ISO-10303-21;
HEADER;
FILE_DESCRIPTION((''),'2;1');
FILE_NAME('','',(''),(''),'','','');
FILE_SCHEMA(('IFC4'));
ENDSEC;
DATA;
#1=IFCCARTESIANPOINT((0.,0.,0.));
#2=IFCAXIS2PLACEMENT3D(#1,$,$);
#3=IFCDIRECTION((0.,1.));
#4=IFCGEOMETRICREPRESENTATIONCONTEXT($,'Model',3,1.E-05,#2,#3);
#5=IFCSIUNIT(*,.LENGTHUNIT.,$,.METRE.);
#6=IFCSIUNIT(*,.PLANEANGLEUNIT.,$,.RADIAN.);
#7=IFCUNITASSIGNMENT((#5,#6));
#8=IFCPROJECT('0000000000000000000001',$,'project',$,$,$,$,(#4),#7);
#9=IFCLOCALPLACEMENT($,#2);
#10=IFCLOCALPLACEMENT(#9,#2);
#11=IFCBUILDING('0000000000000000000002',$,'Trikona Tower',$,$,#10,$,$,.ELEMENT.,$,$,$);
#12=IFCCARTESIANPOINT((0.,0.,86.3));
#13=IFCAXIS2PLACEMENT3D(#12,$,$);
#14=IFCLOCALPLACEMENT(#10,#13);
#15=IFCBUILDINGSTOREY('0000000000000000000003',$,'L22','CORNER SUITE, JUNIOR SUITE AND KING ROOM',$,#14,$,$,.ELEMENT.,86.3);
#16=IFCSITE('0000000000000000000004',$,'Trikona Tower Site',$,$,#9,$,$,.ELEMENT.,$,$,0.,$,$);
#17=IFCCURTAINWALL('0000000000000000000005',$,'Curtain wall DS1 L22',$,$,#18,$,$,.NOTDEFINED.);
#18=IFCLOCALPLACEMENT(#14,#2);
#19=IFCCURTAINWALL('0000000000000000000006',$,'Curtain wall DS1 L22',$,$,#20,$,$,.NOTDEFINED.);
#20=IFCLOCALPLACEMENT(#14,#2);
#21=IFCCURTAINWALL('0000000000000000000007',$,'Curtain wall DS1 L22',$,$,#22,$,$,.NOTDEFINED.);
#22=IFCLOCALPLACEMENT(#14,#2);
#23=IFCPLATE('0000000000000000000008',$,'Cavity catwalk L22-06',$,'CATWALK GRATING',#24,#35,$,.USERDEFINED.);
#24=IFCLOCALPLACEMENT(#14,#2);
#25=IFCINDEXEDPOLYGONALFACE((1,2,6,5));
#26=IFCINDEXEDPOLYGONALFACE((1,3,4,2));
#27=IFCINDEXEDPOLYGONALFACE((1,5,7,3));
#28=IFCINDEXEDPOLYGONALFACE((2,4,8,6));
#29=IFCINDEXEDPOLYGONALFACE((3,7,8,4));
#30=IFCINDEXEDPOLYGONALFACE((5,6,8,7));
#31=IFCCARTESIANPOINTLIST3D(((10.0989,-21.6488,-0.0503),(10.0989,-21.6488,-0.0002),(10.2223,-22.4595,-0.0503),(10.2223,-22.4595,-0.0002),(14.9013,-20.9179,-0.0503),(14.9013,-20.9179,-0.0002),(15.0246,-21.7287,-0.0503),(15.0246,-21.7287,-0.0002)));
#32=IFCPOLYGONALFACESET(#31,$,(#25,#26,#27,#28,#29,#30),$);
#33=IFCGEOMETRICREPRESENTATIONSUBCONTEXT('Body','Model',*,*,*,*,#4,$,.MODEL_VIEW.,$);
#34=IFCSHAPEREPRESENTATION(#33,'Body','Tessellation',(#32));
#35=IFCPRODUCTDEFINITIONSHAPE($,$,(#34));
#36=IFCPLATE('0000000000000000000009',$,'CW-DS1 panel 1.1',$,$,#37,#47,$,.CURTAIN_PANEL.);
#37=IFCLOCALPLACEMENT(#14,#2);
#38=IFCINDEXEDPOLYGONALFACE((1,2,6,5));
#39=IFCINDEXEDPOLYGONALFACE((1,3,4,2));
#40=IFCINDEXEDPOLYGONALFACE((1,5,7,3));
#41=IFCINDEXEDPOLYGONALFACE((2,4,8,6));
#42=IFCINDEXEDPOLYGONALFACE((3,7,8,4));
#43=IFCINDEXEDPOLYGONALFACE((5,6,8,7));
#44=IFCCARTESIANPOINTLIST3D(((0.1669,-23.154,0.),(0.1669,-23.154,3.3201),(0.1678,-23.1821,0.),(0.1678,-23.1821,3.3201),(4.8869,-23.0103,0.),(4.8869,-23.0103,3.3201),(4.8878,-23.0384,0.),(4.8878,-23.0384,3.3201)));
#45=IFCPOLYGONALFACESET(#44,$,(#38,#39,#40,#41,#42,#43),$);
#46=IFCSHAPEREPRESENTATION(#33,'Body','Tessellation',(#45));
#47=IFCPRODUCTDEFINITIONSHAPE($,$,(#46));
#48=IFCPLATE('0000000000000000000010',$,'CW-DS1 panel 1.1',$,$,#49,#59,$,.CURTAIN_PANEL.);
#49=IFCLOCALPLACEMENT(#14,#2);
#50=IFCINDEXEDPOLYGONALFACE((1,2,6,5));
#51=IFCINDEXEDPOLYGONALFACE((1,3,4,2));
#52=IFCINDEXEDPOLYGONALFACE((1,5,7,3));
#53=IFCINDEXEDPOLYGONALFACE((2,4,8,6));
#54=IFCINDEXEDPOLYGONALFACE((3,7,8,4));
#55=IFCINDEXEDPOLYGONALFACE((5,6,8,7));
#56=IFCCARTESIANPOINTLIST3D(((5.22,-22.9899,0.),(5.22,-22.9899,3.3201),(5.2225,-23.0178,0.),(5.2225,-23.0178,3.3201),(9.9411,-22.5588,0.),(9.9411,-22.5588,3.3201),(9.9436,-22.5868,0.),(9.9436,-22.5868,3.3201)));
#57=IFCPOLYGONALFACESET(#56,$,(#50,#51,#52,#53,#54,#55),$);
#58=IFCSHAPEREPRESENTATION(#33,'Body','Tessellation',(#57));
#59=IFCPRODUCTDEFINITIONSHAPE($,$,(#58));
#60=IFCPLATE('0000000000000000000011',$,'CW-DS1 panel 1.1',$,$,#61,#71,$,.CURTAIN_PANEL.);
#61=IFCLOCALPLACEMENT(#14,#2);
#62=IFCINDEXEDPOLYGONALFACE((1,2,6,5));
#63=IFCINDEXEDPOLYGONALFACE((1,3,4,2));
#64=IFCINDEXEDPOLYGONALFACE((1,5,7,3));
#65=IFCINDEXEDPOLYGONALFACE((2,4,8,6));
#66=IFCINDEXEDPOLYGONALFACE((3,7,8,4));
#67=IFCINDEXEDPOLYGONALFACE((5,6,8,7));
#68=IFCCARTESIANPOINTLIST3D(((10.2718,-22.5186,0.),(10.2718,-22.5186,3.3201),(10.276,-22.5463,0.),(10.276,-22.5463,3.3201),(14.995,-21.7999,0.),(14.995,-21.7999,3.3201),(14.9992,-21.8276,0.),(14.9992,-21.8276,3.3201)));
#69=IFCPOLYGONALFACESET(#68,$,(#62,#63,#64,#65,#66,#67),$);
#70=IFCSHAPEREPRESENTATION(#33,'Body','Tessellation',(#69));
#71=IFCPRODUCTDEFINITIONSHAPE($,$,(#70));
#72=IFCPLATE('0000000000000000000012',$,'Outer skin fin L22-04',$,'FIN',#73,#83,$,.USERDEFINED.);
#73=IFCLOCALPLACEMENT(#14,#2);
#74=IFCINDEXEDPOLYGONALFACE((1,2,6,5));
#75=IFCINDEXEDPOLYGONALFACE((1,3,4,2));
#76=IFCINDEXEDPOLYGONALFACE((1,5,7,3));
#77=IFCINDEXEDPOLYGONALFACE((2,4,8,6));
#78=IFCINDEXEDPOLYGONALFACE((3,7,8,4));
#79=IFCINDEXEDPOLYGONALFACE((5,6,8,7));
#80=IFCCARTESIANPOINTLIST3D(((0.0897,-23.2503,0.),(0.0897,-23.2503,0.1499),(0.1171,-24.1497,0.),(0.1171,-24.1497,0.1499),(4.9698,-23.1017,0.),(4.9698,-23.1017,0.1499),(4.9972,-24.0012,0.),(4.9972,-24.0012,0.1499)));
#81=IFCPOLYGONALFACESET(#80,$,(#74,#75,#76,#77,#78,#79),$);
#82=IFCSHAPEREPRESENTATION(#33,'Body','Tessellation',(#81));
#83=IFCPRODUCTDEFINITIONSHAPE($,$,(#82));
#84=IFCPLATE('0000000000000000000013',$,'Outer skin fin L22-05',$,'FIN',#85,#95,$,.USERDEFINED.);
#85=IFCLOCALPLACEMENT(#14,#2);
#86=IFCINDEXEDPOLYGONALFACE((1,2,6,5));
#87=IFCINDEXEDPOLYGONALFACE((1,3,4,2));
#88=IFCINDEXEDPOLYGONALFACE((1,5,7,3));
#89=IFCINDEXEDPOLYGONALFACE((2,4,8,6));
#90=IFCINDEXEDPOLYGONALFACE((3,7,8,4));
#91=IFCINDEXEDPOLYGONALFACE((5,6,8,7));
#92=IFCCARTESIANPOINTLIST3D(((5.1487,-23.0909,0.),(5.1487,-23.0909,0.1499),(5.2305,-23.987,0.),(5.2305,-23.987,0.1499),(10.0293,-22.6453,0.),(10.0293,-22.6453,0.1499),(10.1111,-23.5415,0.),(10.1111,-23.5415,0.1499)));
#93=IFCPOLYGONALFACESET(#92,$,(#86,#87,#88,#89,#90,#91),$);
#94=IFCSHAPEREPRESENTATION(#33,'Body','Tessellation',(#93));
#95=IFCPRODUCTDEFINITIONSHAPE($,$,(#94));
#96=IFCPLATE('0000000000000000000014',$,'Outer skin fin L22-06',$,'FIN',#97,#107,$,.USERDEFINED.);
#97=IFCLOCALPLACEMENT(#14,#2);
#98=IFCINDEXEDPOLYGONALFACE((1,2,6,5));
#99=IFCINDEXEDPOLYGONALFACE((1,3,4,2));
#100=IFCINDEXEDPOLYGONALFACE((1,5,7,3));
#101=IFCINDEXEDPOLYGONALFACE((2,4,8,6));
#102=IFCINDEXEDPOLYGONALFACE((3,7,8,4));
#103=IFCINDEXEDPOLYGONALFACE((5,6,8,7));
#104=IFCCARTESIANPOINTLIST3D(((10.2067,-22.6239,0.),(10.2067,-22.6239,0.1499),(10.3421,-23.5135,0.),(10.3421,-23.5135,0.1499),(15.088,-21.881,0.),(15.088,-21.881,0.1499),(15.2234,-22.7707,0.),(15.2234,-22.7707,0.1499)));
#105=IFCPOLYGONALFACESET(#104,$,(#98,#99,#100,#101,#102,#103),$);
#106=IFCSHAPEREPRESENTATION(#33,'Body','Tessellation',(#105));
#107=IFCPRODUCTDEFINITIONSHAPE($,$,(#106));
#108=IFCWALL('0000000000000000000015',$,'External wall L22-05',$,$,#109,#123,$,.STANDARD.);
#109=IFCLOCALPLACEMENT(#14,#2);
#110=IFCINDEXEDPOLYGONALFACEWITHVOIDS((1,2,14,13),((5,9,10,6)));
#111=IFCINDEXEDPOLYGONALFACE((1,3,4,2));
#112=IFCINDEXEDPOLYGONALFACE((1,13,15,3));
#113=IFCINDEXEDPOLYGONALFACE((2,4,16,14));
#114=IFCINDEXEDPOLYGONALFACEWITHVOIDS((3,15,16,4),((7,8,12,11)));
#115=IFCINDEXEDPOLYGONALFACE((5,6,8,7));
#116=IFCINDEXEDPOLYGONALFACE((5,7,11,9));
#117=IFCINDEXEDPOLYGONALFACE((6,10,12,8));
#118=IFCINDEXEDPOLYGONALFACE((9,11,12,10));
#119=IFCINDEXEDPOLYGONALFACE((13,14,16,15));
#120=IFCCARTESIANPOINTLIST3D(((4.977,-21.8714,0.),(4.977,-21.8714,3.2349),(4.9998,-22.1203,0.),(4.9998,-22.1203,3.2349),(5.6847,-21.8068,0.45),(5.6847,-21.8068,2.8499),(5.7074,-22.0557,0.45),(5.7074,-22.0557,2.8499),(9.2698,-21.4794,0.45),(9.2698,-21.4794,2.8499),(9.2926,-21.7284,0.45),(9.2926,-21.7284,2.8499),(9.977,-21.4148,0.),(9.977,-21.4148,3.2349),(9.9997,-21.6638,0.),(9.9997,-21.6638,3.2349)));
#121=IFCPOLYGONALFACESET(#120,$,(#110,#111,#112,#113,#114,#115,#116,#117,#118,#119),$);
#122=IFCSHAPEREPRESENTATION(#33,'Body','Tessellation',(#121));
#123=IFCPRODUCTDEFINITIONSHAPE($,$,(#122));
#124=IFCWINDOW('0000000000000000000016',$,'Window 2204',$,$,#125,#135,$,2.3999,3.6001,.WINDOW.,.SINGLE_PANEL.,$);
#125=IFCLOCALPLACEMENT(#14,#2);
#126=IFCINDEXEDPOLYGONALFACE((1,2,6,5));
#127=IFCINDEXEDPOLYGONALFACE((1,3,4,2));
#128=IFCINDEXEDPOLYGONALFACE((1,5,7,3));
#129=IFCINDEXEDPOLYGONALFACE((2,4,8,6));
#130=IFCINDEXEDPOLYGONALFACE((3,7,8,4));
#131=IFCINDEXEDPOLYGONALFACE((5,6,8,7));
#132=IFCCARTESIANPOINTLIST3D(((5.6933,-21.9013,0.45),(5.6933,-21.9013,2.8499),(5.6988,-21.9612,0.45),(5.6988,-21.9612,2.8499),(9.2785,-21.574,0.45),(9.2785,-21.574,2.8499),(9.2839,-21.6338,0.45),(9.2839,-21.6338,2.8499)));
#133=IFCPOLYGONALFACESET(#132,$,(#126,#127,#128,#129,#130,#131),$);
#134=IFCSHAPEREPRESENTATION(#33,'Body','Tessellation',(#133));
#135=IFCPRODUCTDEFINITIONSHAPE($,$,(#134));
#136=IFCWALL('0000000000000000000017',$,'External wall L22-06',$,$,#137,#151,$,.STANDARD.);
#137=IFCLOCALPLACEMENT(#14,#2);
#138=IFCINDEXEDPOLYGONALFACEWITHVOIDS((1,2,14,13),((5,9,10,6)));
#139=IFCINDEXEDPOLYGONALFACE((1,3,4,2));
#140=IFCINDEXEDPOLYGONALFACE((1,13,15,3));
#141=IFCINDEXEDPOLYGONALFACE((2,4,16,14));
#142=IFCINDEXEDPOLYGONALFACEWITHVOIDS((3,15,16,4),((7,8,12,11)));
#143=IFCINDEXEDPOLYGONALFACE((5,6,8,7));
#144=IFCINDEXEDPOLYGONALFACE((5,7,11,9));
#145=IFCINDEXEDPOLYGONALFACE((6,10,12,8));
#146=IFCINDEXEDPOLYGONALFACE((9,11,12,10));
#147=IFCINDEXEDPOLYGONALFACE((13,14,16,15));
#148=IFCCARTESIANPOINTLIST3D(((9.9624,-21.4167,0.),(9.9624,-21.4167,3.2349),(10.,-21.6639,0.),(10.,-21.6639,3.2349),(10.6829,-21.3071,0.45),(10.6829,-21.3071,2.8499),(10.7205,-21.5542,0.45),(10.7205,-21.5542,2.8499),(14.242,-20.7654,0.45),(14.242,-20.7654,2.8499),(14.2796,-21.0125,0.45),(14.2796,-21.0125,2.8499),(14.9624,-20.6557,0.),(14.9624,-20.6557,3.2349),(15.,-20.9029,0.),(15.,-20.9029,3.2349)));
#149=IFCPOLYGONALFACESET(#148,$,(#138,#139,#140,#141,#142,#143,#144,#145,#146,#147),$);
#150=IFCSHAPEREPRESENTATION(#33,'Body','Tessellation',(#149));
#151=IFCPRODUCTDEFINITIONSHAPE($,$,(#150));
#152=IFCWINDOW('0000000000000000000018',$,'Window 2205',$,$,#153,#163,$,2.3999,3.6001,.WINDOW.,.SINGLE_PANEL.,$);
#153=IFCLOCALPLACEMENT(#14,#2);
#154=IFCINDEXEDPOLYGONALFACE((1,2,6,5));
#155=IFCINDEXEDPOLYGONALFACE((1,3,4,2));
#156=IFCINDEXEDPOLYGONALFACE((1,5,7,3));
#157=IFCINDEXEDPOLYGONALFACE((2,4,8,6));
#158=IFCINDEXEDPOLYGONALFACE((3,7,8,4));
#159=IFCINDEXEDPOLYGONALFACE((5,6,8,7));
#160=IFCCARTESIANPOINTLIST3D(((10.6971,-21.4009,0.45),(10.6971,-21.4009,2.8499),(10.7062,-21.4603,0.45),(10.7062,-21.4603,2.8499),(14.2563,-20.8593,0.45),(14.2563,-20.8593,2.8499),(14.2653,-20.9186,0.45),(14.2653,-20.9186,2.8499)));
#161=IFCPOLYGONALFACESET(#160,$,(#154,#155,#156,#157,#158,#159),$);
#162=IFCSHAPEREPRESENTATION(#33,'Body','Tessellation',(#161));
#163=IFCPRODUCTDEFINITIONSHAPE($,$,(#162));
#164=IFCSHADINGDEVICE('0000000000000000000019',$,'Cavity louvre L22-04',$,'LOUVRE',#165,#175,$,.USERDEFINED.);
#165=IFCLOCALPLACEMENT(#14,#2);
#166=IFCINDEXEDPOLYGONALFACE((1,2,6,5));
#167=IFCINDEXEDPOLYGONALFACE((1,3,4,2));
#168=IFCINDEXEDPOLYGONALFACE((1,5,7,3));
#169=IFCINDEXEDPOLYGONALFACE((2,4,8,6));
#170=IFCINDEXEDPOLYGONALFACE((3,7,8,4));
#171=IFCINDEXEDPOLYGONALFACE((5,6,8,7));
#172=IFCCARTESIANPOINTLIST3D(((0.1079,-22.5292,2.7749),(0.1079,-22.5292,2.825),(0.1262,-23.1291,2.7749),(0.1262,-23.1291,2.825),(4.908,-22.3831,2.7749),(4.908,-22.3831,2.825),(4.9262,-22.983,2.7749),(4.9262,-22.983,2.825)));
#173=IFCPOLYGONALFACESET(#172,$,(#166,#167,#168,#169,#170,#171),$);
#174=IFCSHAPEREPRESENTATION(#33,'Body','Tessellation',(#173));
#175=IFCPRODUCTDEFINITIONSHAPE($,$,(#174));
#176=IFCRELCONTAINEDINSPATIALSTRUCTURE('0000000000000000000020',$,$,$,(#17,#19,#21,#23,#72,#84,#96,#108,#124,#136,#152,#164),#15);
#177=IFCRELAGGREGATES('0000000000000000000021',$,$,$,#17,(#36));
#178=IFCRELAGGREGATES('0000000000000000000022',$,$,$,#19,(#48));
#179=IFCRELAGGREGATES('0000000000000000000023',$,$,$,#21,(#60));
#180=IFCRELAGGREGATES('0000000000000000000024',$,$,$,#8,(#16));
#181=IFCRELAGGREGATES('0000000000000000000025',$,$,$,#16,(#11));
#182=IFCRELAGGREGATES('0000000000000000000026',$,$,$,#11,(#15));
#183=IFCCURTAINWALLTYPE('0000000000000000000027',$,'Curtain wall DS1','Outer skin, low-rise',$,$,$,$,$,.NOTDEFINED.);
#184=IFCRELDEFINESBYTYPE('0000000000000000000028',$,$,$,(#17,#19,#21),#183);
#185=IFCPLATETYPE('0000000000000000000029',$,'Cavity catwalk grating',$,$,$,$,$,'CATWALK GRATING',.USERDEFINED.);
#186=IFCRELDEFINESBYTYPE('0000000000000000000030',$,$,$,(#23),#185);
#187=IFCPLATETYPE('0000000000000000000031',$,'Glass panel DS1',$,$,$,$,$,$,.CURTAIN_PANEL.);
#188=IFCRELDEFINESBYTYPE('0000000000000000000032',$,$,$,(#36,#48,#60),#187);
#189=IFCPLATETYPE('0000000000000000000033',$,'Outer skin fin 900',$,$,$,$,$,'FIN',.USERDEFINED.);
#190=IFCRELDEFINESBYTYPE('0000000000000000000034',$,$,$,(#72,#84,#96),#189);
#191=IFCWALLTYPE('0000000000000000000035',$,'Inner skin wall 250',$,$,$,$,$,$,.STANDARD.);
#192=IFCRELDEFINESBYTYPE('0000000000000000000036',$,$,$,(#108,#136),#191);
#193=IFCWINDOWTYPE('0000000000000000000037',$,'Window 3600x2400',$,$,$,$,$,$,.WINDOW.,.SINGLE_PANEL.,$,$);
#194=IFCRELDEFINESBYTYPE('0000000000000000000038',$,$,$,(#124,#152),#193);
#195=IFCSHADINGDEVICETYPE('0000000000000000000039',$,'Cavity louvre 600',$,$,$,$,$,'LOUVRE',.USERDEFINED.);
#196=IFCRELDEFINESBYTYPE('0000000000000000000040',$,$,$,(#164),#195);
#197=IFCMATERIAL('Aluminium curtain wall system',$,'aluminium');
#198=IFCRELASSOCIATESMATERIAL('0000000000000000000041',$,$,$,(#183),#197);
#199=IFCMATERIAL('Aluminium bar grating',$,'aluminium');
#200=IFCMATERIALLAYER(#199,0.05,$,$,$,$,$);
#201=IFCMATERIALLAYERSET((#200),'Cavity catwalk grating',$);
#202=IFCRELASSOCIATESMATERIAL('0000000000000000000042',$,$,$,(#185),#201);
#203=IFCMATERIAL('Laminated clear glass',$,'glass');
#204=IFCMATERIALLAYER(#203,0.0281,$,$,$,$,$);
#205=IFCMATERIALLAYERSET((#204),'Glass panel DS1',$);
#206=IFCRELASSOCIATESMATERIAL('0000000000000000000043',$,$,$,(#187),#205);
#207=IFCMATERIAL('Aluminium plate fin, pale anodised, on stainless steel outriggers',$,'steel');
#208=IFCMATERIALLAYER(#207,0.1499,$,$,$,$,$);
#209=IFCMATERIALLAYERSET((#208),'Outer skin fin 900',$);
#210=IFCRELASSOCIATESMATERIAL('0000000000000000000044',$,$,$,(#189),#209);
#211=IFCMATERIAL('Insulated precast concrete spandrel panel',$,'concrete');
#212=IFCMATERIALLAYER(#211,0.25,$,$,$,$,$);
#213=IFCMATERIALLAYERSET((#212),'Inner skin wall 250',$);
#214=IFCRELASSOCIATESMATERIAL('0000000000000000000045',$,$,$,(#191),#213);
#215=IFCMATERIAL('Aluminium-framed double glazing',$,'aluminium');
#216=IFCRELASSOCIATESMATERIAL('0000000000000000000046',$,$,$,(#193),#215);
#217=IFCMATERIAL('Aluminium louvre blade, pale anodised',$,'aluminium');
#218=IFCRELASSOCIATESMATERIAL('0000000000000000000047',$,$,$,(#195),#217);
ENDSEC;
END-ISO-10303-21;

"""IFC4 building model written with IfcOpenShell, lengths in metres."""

from ifc_helpers import new_model, si_unit, direction, frame, frame_2d, origin, origin_2d, place, context, subcontext, project, spatial, rectangle, extrude, material, layer, layer_set, type_object, element, fill, aggregate, save


model = new_model("IFC4")

# Units and contexts
model_context = context("Model", 3, precision=1e-05, world=origin(), true_north=direction((0.0, 1.0)))
body_context = subcontext(model_context, "Body", "Model", "MODEL_VIEW")
ifc_project = project(units=[si_unit("LENGTHUNIT", "METRE"), si_unit("PLANEANGLEUNIT", "RADIAN")], contexts=[model_context])

# Site, building, storey
site_placement = place(None, origin())
site = spatial("IfcSite", under=ifc_project, at=site_placement, Name="Trikona Tower Site", CompositionType="ELEMENT", RefElevation=0.0)
building_placement = place(site_placement, origin())
building = spatial("IfcBuilding", under=site, at=building_placement, Name="Trikona Tower", CompositionType="ELEMENT")
storey_placement = place(building_placement, frame((0.0, 0.0, 86.3)))
storey = spatial("IfcBuildingStorey", under=building, at=storey_placement, Name="L22", Description="CORNER SUITE, JUNIOR SUITE AND KING ROOM", CompositionType="ELEMENT", Elevation=86.3)

# Curtain walls
ifc_material_1 = material(Name="Aluminium curtain wall system", Category="aluminium")
curtain_wall_type = type_object("IfcCurtainWallType", Name="Curtain wall DS1", Description="Outer skin, low-rise", PredefinedType="NOTDEFINED", material=ifc_material_1)
curtain_wall_1_placement = place(storey_placement, origin())
curtain_wall_1 = element("IfcCurtainWall", 1, at=curtain_wall_1_placement, inside=storey, type_object=curtain_wall_type, Name="Curtain wall DS1 L22", PredefinedType="NOTDEFINED")
curtain_wall_2_placement = place(storey_placement, origin())
curtain_wall_2 = element("IfcCurtainWall", 2, at=curtain_wall_2_placement, inside=storey, type_object=curtain_wall_type, Name="Curtain wall DS1 L22", PredefinedType="NOTDEFINED")

# Curtain wall
curtain_wall_3_placement = place(storey_placement, origin())
curtain_wall_3 = element("IfcCurtainWall", 3, at=curtain_wall_3_placement, inside=storey, type_object=curtain_wall_type, Name="Curtain wall DS1 L22", PredefinedType="NOTDEFINED")

# Plate
ifc_material_2 = material(Name="Aluminium bar grating", Category="aluminium")
ifc_layer_1 = layer(ifc_material_2, 0.05)
ifc_layer_set_1 = layer_set([ifc_layer_1], Name="Cavity catwalk grating")
plate_type_1 = type_object("IfcPlateType", Name="Cavity catwalk grating", ElementType="CATWALK GRATING", PredefinedType="USERDEFINED", material=ifc_layer_set_1)
plate_1_placement = place(storey_placement, frame((12.5618, -21.6887, -0.0503), z_axis=(0.0, 0.0, 1.0), x_axis=(0.988618, 0.150448, 0.0)))
element("IfcPlate", 4, at=plate_1_placement, inside=storey, type_object=plate_type_1, Name="Cavity catwalk L22-06", ObjectType="CATWALK GRATING", PredefinedType="USERDEFINED", context=body_context, shape_type="SweptSolid", body=[
    extrude(rectangle(XDim=4.8577, YDim=0.8201, at=origin_2d()), origin(), (0.0, 0.0, 1.0), 0.05),
])

# Plates
ifc_material_3 = material(Name="Laminated clear glass", Category="glass")
ifc_layer_2 = layer(ifc_material_3, 0.0281)
ifc_layer_set_2 = layer_set([ifc_layer_2], Name="Glass panel DS1")
plate_type_2 = type_object("IfcPlateType", Name="Glass panel DS1", PredefinedType="CURTAIN_PANEL", material=ifc_layer_set_2)
plate_2_placement = place(storey_placement, frame((2.5273, -23.0962, 0.0), z_axis=(0.0, 0.0, 1.0), x_axis=(0.999537, 0.030437, 0.0)))
plate_2 = element("IfcPlate", 5, at=plate_2_placement, type_object=plate_type_2, Name="CW-DS1 panel 1.1", PredefinedType="CURTAIN_PANEL", context=body_context, shape_type="SweptSolid", body=[
    extrude(rectangle(XDim=4.7222, YDim=0.0281, at=origin_2d()), origin(), (0.0, 0.0, 1.0), 3.3201),
])
aggregate(curtain_wall_1, [plate_2])
plate_3_placement = place(storey_placement, frame((7.5818, -22.7883, 0.0), z_axis=(0.0, 0.0, 1.0), x_axis=(0.995858, 0.090924, 0.0)))
plate_3 = element("IfcPlate", 6, at=plate_3_placement, type_object=plate_type_2, Name="CW-DS1 panel 1.1", PredefinedType="CURTAIN_PANEL", context=body_context, shape_type="SweptSolid", body=[
    extrude(rectangle(XDim=4.7407, YDim=0.0281, at=origin_2d()), origin(), (0.0, 0.0, 1.0), 3.3201),
])
aggregate(curtain_wall_2, [plate_3])
plate_4_placement = place(storey_placement, frame((12.6355, -22.1731, 0.0), z_axis=(0.0, 0.0, 1.0), x_axis=(0.988619, 0.150438, 0.0)))
plate_4 = element("IfcPlate", 7, at=plate_4_placement, type_object=plate_type_2, Name="CW-DS1 panel 1.1", PredefinedType="CURTAIN_PANEL", context=body_context, shape_type="SweptSolid", body=[
    extrude(rectangle(XDim=4.7776, YDim=0.0281, at=origin_2d()), origin(), (0.0, 0.0, 1.0), 3.3201),
])
aggregate(curtain_wall_3, [plate_4])

# Plates
ifc_material_4 = material(Name="Aluminium plate fin, pale anodised, on stainless steel outriggers", Category="steel")
ifc_layer_3 = layer(ifc_material_4, 0.1499)
ifc_layer_set_3 = layer_set([ifc_layer_3], Name="Outer skin fin 900")
plate_type_3 = type_object("IfcPlateType", Name="Outer skin fin 900", ElementType="FIN", PredefinedType="USERDEFINED", material=ifc_layer_set_3)
plate_5_placement = place(storey_placement, frame((2.5435, -23.6257, 0.0), z_axis=(0.0, 0.0, 1.0), x_axis=(0.999537, 0.030425, 0.0)))
element("IfcPlate", 8, at=plate_5_placement, inside=storey, type_object=plate_type_3, Name="Outer skin fin L22-04", ObjectType="FIN", PredefinedType="USERDEFINED", context=body_context, shape_type="SweptSolid", body=[
    extrude(rectangle(XDim=4.8823, YDim=0.8999, at=origin_2d()), origin(), (0.0, 0.0, 1.0), 0.1499),
])
plate_6_placement = place(storey_placement, frame((7.6299, -23.3162, 0.0), z_axis=(0.0, 0.0, 1.0), x_axis=(0.995858, 0.090921, 0.0)))
element("IfcPlate", 9, at=plate_6_placement, inside=storey, type_object=plate_type_3, Name="Outer skin fin L22-05", ObjectType="FIN", PredefinedType="USERDEFINED", context=body_context, shape_type="SweptSolid", body=[
    extrude(rectangle(XDim=4.9009, YDim=0.8999, at=origin_2d()), origin(), (0.0, 0.0, 1.0), 0.1499),
])
plate_7_placement = place(storey_placement, frame((12.7151, -22.6973, 0.0), z_axis=(0.0, 0.0, 1.0), x_axis=(0.988618, 0.150448, 0.0)))
element("IfcPlate", 10, at=plate_7_placement, inside=storey, type_object=plate_type_3, Name="Outer skin fin L22-06", ObjectType="FIN", PredefinedType="USERDEFINED", context=body_context, shape_type="SweptSolid", body=[
    extrude(rectangle(XDim=4.9375, YDim=0.8999, at=origin_2d()), origin(), (0.0, 0.0, 1.0), 0.1499),
])

# Walls, openings, windows
ifc_material_5 = material(Name="Insulated precast concrete spandrel panel", Category="concrete")
ifc_layer_4 = layer(ifc_material_5, 0.25)
ifc_layer_set_4 = layer_set([ifc_layer_4], Name="Inner skin wall 250")
wall_type = type_object("IfcWallType", Name="Inner skin wall 250", PredefinedType="STANDARD", material=ifc_layer_set_4)
wall_1_placement = place(storey_placement, frame((4.9885, -21.9958, 0.0), z_axis=(0.0, 0.0, 1.0), x_axis=(0.995857, 0.09093, 0.0)))
wall_1 = element("IfcWall", 11, at=wall_1_placement, inside=storey, type_object=wall_type, Name="External wall L22-05", PredefinedType="STANDARD", context=body_context, shape_type="SweptSolid", body=[
    extrude(rectangle(XDim=5.0208, YDim=0.25, at=frame_2d((2.5103, 0.0))), origin(), (0.0, 0.0, 1.0), 3.2349),
])
opening_1_placement = place(wall_1_placement, frame((0.7104, 0.0, 0.45)))
opening_1 = element("IfcOpeningElement", 12, at=opening_1_placement, cuts=wall_1, PredefinedType="OPENING", context=body_context, shape_type="SweptSolid", body=[
    extrude(rectangle(XDim=3.6001, YDim=2.3999, at=frame_2d((1.8, 1.2))), frame((0.0, 0.135, 0.0), z_axis=(0.0, -1.0, 0.0), x_axis=(1.0, 0.0, 0.0)), (0.0, 0.0, 1.0), 0.27),
])
ifc_material_6 = material(Name="Aluminium-framed double glazing", Category="aluminium")
window_type = type_object("IfcWindowType", Name="Window 3600x2400", PartitioningType="SINGLE_PANEL", PredefinedType="WINDOW", material=ifc_material_6)
window_1_placement = place(opening_1_placement, origin())
window_1 = element("IfcWindow", 13, at=window_1_placement, inside=storey, type_object=window_type, Name="Window 2204", OverallHeight=2.3999, OverallWidth=3.6001, PartitioningType="SINGLE_PANEL", PredefinedType="WINDOW", context=body_context, shape_type="SweptSolid", body=[
    extrude(rectangle(XDim=3.6001, YDim=2.3999, at=frame_2d((1.8, 1.2))), frame((0.0, 0.03, 0.0), z_axis=(0.0, -1.0, 0.0), x_axis=(1.0, 0.0, 0.0)), (0.0, 0.0, 1.0), 0.0601),
])
fill(opening_1, window_1)
wall_2_placement = place(storey_placement, frame((9.9812, -21.5403, 0.0), z_axis=(0.0, 0.0, 1.0), x_axis=(0.988615, 0.150465, 0.0)))
wall_2 = element("IfcWall", 14, at=wall_2_placement, inside=storey, type_object=wall_type, Name="External wall L22-06", PredefinedType="STANDARD", context=body_context, shape_type="SweptSolid", body=[
    extrude(rectangle(XDim=5.0576, YDim=0.25, at=frame_2d((2.5288, 0.0))), origin(), (0.0, 0.0, 1.0), 3.2349),
])
opening_2_placement = place(wall_2_placement, frame((0.7288, 0.0, 0.45)))
opening_2 = element("IfcOpeningElement", 15, at=opening_2_placement, cuts=wall_2, PredefinedType="OPENING", context=body_context, shape_type="SweptSolid", body=[
    extrude(rectangle(XDim=3.6001, YDim=2.3999, at=frame_2d((1.8, 1.2))), frame((0.0, 0.135, 0.0), z_axis=(0.0, -1.0, 0.0), x_axis=(1.0, 0.0, 0.0)), (0.0, 0.0, 1.0), 0.27),
])
window_2_placement = place(opening_2_placement, origin())
window_2 = element("IfcWindow", 16, at=window_2_placement, inside=storey, type_object=window_type, Name="Window 2205", OverallHeight=2.3999, OverallWidth=3.6001, PartitioningType="SINGLE_PANEL", PredefinedType="WINDOW", context=body_context, shape_type="SweptSolid", body=[
    extrude(rectangle(XDim=3.6001, YDim=2.3999, at=frame_2d((1.8, 1.2))), frame((0.0, 0.03, 0.0), z_axis=(0.0, -1.0, 0.0), x_axis=(1.0, 0.0, 0.0)), (0.0, 0.0, 1.0), 0.0601),
])
fill(opening_2, window_2)

# Shading device
ifc_material_7 = material(Name="Aluminium louvre blade, pale anodised", Category="aluminium")
shading_device_type = type_object("IfcShadingDeviceType", Name="Cavity louvre 600", ElementType="LOUVRE", PredefinedType="USERDEFINED", material=ifc_material_7)
shading_device_1_placement = place(storey_placement, frame((2.5171, -22.7561, 2.7749), z_axis=(0.0, 0.0, 1.0), x_axis=(0.999537, 0.030425, 0.0)))
element("IfcShadingDevice", 17, at=shading_device_1_placement, inside=storey, type_object=shading_device_type, Name="Cavity louvre L22-04", ObjectType="LOUVRE", PredefinedType="USERDEFINED", context=body_context, shape_type="SweptSolid", body=[
    extrude(rectangle(XDim=4.8022, YDim=0.6001, at=origin_2d()), origin(), (0.0, 0.0, 1.0), 0.05),
])

save(model, "model.ifc")
